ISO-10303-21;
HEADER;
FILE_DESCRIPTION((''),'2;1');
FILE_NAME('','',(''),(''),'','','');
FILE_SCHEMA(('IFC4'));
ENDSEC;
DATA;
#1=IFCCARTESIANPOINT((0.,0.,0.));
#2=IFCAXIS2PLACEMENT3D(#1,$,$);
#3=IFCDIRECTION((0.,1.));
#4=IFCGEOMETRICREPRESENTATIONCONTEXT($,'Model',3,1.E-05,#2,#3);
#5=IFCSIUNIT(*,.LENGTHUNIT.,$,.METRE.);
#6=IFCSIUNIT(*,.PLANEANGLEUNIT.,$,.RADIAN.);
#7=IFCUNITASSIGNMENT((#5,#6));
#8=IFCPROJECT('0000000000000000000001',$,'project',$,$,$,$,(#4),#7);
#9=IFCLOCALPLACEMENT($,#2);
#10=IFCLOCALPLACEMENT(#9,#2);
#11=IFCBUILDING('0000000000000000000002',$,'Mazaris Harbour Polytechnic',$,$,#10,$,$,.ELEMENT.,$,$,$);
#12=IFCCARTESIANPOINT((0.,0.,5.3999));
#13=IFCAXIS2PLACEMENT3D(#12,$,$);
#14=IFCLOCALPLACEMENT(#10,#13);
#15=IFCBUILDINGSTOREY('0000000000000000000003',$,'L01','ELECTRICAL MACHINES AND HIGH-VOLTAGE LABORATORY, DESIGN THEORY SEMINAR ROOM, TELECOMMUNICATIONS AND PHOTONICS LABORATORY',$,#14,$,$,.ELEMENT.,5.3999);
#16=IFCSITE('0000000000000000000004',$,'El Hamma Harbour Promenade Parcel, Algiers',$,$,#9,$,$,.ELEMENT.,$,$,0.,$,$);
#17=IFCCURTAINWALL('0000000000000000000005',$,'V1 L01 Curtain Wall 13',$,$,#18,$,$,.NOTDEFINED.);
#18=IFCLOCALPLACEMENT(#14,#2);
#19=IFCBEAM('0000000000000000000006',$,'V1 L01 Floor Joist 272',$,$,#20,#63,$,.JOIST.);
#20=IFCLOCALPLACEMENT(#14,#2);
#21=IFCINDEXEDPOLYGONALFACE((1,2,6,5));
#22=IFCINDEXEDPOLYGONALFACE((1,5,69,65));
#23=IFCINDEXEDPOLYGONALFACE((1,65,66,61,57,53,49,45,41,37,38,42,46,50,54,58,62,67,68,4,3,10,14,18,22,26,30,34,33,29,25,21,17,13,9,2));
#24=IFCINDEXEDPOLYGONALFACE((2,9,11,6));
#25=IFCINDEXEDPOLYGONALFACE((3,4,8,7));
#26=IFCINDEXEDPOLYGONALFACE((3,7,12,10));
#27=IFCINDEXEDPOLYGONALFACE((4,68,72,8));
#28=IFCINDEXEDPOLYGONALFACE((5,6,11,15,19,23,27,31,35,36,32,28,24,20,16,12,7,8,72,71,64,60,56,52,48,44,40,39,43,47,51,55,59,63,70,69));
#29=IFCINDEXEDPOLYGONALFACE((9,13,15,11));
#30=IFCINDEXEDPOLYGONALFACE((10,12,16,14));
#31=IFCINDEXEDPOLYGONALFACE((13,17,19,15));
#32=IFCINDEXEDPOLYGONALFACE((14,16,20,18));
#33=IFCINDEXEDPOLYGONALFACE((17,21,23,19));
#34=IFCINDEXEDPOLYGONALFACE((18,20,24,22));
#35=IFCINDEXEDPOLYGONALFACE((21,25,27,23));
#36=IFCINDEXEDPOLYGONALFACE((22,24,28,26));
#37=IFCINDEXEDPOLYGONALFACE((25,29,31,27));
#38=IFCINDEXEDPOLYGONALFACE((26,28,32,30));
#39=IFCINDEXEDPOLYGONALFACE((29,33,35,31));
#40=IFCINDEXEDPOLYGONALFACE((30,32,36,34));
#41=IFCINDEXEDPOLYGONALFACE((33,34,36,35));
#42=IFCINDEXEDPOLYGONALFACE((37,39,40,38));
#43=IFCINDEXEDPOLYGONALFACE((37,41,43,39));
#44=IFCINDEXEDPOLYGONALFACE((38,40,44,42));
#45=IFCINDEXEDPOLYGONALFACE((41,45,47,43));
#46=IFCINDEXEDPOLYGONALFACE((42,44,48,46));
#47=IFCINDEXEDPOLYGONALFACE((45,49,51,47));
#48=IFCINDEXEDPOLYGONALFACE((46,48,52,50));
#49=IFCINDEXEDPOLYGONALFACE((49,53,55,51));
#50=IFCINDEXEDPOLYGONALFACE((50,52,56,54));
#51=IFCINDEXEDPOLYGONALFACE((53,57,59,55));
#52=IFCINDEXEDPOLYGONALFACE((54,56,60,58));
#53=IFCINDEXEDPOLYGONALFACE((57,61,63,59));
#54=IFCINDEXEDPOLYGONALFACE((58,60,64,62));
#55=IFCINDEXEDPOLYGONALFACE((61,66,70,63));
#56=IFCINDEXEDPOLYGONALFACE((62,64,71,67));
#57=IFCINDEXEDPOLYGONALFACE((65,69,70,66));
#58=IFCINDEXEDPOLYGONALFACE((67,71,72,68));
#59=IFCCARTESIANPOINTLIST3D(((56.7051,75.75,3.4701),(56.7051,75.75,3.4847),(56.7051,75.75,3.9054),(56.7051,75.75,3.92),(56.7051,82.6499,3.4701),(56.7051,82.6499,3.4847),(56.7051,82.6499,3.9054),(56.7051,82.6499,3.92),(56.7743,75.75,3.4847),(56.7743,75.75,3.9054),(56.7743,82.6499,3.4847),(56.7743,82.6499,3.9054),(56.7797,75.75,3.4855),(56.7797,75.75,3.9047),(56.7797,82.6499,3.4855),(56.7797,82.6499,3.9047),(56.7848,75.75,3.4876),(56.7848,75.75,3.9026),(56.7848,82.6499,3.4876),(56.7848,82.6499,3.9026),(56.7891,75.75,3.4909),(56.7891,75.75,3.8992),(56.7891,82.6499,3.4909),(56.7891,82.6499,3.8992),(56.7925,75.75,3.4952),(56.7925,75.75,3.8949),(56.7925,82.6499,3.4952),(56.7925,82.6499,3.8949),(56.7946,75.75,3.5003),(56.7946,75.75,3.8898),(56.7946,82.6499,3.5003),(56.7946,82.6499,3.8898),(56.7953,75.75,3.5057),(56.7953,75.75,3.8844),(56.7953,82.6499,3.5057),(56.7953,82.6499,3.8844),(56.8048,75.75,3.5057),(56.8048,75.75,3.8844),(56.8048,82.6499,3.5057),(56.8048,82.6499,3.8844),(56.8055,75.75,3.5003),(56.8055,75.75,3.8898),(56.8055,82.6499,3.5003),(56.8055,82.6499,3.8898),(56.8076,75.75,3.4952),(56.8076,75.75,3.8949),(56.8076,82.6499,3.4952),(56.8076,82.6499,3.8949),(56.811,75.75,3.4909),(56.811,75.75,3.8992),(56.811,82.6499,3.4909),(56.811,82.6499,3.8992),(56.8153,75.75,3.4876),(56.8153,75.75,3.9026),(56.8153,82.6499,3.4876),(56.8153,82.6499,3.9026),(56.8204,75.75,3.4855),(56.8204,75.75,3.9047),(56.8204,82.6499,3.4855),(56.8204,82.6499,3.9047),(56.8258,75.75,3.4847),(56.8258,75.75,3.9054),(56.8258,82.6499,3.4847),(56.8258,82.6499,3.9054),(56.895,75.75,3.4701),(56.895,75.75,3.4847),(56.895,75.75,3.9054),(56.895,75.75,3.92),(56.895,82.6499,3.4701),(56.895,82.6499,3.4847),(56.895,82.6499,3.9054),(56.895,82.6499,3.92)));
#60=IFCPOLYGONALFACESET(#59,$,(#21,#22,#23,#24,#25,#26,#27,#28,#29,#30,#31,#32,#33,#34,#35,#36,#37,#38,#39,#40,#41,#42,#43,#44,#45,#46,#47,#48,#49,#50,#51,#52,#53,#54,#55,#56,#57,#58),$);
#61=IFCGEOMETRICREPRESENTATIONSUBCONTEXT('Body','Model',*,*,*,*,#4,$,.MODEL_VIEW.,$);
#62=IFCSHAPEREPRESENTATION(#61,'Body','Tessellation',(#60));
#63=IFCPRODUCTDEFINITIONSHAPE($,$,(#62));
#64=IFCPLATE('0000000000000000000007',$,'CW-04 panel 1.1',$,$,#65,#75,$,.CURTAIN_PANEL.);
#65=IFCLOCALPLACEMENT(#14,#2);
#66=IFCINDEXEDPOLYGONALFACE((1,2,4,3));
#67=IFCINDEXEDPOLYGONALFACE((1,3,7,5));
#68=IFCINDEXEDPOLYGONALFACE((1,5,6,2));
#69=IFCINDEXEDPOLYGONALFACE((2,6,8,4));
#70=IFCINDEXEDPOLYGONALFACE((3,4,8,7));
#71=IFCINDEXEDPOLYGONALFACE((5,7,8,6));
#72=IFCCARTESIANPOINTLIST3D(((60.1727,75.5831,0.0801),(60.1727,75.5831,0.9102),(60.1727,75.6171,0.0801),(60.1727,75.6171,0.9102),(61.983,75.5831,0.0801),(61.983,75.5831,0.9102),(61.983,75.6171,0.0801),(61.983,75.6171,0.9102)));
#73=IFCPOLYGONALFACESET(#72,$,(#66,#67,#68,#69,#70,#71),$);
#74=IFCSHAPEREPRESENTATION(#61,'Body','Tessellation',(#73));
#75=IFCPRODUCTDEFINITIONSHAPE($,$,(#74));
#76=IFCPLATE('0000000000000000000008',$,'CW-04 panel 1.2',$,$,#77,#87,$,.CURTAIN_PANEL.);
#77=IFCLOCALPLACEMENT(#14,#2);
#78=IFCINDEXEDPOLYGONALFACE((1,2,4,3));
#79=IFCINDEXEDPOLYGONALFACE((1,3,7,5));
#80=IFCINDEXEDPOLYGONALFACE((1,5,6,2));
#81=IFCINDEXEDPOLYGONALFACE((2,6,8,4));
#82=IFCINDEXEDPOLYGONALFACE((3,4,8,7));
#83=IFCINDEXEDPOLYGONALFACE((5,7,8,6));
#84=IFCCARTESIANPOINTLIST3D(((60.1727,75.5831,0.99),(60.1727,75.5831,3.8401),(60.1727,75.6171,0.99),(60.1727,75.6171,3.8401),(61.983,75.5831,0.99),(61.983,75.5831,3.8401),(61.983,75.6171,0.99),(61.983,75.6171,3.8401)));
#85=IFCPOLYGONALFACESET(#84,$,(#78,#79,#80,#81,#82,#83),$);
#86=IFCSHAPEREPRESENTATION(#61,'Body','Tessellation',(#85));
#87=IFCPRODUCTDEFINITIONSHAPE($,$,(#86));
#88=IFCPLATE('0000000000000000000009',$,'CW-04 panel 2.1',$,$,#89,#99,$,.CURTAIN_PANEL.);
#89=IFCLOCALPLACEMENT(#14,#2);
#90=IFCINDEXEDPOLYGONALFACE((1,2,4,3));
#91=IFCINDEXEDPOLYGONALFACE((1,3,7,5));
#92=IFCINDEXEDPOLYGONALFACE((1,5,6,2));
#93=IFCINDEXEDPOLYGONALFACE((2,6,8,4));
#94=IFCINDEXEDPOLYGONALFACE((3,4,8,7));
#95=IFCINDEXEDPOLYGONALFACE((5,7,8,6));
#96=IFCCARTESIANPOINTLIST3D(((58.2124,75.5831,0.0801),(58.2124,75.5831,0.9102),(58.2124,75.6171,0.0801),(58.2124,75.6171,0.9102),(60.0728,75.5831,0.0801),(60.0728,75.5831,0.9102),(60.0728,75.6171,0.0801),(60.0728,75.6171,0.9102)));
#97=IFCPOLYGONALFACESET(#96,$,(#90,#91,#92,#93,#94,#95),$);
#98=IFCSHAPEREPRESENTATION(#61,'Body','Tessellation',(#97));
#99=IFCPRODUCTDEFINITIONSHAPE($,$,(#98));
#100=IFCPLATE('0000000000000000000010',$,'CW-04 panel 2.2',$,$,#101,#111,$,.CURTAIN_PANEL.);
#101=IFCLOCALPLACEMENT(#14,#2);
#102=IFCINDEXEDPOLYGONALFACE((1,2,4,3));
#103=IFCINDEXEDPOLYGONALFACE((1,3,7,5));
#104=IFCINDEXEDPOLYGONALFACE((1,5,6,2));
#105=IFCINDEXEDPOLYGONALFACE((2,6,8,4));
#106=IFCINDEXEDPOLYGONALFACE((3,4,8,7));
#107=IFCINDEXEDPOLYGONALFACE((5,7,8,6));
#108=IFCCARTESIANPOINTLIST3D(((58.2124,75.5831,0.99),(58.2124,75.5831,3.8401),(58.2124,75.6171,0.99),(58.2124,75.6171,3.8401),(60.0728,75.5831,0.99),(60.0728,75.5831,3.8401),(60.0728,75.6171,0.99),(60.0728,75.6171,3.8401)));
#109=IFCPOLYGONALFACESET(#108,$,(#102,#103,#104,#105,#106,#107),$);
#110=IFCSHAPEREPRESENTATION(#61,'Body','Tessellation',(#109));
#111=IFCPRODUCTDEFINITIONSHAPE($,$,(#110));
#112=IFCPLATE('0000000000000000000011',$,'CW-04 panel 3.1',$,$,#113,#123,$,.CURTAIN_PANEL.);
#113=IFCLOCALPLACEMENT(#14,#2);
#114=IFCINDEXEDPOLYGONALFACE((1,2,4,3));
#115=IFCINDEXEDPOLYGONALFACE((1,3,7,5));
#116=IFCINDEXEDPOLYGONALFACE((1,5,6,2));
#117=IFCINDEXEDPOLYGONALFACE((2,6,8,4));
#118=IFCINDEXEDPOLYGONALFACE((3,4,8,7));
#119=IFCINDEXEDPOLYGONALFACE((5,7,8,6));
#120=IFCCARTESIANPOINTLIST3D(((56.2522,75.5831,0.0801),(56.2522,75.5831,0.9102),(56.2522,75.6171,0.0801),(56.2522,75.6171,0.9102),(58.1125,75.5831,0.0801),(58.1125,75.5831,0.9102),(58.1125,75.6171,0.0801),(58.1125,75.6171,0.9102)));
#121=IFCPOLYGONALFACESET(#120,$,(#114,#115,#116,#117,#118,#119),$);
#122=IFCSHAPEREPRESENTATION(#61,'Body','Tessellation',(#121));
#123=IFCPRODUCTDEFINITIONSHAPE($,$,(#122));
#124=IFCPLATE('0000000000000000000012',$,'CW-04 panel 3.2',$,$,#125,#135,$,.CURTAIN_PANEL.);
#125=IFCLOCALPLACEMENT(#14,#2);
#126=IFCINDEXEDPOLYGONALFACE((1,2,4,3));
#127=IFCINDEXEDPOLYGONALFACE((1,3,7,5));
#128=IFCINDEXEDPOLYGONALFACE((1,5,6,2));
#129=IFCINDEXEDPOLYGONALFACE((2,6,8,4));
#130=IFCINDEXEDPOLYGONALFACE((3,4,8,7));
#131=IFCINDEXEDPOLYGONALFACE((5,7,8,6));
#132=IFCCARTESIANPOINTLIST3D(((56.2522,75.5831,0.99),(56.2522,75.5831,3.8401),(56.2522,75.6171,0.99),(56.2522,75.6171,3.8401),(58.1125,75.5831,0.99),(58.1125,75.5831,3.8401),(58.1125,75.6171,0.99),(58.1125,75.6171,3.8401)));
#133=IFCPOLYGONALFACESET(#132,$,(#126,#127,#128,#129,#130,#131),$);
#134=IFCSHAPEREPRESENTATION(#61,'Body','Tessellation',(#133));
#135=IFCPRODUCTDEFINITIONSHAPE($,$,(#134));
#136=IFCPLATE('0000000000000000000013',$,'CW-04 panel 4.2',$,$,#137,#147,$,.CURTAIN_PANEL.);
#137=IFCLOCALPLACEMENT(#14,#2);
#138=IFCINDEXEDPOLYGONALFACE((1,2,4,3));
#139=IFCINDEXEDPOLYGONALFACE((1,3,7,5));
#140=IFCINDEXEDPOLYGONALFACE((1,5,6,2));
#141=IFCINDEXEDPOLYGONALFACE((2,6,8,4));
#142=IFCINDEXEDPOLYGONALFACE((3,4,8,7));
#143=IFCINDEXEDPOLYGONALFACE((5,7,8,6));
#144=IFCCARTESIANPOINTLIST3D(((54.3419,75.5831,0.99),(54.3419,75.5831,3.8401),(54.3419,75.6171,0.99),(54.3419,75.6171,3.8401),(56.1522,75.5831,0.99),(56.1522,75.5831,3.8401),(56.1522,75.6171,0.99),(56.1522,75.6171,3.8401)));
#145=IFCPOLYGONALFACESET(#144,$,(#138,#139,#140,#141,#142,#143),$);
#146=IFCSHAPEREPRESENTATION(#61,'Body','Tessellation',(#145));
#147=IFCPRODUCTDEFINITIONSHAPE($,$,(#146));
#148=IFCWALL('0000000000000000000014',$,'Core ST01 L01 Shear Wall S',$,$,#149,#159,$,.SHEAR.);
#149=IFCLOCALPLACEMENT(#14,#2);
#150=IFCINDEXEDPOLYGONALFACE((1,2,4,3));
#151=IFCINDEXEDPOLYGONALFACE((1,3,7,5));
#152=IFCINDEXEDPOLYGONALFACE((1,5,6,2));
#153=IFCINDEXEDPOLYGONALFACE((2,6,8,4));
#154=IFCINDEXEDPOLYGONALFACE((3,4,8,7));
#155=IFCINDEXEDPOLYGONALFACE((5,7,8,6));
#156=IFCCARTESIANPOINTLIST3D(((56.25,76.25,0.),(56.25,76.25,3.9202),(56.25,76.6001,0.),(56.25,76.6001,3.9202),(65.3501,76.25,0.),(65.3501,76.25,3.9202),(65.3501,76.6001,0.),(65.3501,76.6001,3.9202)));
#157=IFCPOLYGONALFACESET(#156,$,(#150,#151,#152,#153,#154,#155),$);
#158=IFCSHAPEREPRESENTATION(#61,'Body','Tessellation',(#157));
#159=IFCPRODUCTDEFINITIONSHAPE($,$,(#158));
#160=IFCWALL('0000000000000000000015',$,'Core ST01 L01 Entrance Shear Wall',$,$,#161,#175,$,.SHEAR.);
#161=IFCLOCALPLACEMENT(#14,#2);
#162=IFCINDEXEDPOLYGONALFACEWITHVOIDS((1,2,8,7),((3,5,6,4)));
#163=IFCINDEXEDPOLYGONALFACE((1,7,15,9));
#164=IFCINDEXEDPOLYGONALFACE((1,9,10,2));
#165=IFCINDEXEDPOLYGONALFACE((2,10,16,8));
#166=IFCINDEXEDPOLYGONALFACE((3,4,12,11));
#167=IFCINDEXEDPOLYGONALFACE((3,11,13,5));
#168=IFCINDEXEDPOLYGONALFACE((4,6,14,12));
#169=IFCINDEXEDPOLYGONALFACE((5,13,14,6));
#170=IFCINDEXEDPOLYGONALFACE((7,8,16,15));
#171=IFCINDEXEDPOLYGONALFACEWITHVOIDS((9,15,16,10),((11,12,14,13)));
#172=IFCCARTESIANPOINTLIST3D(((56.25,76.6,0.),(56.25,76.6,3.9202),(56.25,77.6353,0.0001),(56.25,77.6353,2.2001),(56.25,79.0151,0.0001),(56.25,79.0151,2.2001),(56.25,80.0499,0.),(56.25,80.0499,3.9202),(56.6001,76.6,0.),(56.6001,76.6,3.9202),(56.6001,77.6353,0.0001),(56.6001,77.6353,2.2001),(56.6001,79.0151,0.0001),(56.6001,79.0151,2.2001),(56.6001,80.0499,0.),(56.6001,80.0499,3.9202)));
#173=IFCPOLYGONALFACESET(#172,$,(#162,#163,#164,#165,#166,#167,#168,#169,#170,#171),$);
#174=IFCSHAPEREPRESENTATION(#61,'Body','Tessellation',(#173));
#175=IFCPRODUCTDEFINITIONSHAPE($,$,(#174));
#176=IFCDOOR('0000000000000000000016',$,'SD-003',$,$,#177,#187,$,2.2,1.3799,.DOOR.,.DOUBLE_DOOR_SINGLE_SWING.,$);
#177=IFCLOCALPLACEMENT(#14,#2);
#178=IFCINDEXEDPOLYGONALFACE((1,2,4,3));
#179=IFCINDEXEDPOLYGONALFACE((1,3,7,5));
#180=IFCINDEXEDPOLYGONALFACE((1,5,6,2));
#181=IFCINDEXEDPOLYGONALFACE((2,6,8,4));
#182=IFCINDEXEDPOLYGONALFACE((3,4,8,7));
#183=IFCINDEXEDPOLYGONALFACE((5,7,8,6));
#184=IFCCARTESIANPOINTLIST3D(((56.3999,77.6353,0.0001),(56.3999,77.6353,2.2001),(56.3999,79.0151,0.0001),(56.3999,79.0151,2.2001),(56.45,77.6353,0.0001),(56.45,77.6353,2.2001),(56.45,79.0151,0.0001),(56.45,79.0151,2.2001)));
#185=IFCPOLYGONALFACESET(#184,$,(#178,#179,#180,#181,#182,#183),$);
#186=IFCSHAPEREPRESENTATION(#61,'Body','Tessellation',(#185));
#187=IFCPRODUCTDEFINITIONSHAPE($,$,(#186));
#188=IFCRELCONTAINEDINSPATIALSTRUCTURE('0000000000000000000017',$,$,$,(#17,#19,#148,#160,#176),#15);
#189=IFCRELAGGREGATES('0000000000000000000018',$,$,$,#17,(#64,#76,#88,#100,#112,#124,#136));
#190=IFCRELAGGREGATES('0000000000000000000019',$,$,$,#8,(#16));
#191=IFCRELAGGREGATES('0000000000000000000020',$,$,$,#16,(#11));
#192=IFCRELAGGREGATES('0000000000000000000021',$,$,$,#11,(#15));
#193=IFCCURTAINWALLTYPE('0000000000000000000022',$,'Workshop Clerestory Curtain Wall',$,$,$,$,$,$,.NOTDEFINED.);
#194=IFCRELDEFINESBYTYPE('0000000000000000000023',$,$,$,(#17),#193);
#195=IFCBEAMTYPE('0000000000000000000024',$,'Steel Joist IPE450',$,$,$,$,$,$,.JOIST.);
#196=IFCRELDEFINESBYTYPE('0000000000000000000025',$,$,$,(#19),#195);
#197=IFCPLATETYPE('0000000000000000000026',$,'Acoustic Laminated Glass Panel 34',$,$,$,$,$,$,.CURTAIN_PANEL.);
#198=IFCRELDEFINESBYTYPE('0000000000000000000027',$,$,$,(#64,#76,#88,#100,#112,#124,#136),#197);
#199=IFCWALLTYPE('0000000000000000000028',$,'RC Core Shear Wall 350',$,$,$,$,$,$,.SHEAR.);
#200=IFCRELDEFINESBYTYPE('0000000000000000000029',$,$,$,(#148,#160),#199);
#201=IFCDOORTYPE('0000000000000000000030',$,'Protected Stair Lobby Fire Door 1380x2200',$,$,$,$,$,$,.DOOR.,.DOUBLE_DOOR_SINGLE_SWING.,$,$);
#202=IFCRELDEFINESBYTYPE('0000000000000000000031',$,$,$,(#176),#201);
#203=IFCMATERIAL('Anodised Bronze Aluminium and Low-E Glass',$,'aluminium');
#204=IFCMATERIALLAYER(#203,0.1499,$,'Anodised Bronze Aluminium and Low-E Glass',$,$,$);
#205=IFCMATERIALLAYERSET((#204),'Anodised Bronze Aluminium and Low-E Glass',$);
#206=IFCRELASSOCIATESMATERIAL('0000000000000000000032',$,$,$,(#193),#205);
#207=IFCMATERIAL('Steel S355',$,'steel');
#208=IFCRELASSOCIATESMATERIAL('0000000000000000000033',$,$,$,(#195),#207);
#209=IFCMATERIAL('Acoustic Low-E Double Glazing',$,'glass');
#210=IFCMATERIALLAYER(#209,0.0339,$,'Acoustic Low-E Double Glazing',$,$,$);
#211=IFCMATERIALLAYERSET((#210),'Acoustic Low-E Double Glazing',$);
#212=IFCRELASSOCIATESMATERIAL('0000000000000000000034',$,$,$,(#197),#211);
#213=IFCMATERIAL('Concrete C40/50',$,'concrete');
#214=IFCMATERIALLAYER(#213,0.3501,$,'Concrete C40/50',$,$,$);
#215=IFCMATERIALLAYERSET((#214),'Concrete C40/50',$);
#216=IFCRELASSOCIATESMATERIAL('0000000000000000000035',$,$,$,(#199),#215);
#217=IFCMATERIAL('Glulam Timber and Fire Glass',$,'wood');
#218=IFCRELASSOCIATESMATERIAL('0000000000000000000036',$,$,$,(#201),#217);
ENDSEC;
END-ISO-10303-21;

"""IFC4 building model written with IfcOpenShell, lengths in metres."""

from ifc_helpers import new_model, si_unit, direction, frame, frame_2d, origin, origin_2d, place, context, subcontext, project, spatial, rectangle, i_section, extrude, material, layer, layer_set, material_profile, profile_set, type_object, element, fill, aggregate, save


model = new_model("IFC4")

# Units and contexts
model_context = context("Model", 3, precision=1e-05, world=origin(), true_north=direction((0.0, 1.0)))
body_context = subcontext(model_context, "Body", "Model", "MODEL_VIEW")
ifc_project = project(units=[si_unit("LENGTHUNIT", "METRE"), si_unit("PLANEANGLEUNIT", "RADIAN")], contexts=[model_context])

# Site, building, storey
site_placement = place(None, origin())
site = spatial("IfcSite", under=ifc_project, at=site_placement, Name="El Hamma Harbour Promenade Parcel, Algiers", CompositionType="ELEMENT", RefElevation=0.0)
building_placement = place(site_placement, origin())
building = spatial("IfcBuilding", under=site, at=building_placement, Name="Mazaris Harbour Polytechnic", CompositionType="ELEMENT")
storey_placement = place(building_placement, frame((0.0, 0.0, 5.3999)))
storey = spatial("IfcBuildingStorey", under=building, at=storey_placement, Name="L01", Description="ELECTRICAL MACHINES AND HIGH-VOLTAGE LABORATORY, DESIGN THEORY SEMINAR ROOM, TELECOMMUNICATIONS AND PHOTONICS LABORATORY", CompositionType="ELEMENT", Elevation=5.3999)

# Curtain wall
ifc_material_1 = material(Name="Anodised Bronze Aluminium and Low-E Glass", Category="aluminium")
ifc_layer_1 = layer(ifc_material_1, 0.1499, Name="Anodised Bronze Aluminium and Low-E Glass")
ifc_layer_set_1 = layer_set([ifc_layer_1], Name="Anodised Bronze Aluminium and Low-E Glass")
curtain_wall_type = type_object("IfcCurtainWallType", Name="Workshop Clerestory Curtain Wall", PredefinedType="NOTDEFINED", material=ifc_layer_set_1)
curtain_wall_placement = place(storey_placement, origin())
curtain_wall = element("IfcCurtainWall", 1, at=curtain_wall_placement, inside=storey, type_object=curtain_wall_type, Name="V1 L01 Curtain Wall 13", PredefinedType="NOTDEFINED")

# Beam
ifc_material_2 = material(Name="Steel S355", Category="steel")
ifc_material_profile_1 = material_profile(ifc_material_2, i_section(OverallWidth=0.1899, OverallDepth=0.45, WebThickness=0.0095, FlangeThickness=0.0146, FilletRadius=0.021, at=origin_2d()), Name="IPE 450")
ifc_profile_set_1 = profile_set([ifc_material_profile_1], Name="Steel S355")
beam_type_1 = type_object("IfcBeamType", Name="Steel Joist IPE450", PredefinedType="JOIST", material=ifc_profile_set_1)
beam_1_placement = place(storey_placement, frame((56.8, 75.75, 3.6951), z_axis=(0.0, 1.0, 0.0), x_axis=(-1.0, 0.0, 0.0)))
element("IfcBeam", 2, at=beam_1_placement, inside=storey, type_object=beam_type_1, Name="V1 L01 Floor Joist 272", PredefinedType="JOIST", context=body_context, shape_type="SweptSolid", body=[
    extrude(i_section(OverallWidth=0.1899, OverallDepth=0.45, WebThickness=0.0095, FlangeThickness=0.0146, FilletRadius=0.021, at=origin_2d()), origin(), (0.0, 0.0, 1.0), 6.8999),
])

# Plates
ifc_material_3 = material(Name="Acoustic Low-E Double Glazing", Category="glass")
ifc_layer_2 = layer(ifc_material_3, 0.0339, Name="Acoustic Low-E Double Glazing")
ifc_layer_set_2 = layer_set([ifc_layer_2], Name="Acoustic Low-E Double Glazing")
plate_type = type_object("IfcPlateType", Name="Acoustic Laminated Glass Panel 34", PredefinedType="CURTAIN_PANEL", material=ifc_layer_set_2)
plate_1_placement = place(storey_placement, frame((61.0779, 75.6001, 0.0801), z_axis=(0.0, 0.0, 1.0), x_axis=(-1.0, 0.0, 0.0)))
plate_1 = element("IfcPlate", 3, at=plate_1_placement, type_object=plate_type, Name="CW-04 panel 1.1", PredefinedType="CURTAIN_PANEL", context=body_context, shape_type="SweptSolid", body=[
    extrude(rectangle(XDim=1.8103, YDim=0.0339, at=origin_2d()), origin(), (0.0, 0.0, 1.0), 0.8301),
])
plate_2_placement = place(storey_placement, frame((61.0779, 75.6001, 0.99), z_axis=(0.0, 0.0, 1.0), x_axis=(-1.0, 0.0, 0.0)))
plate_2 = element("IfcPlate", 4, at=plate_2_placement, type_object=plate_type, Name="CW-04 panel 1.2", PredefinedType="CURTAIN_PANEL", context=body_context, shape_type="SweptSolid", body=[
    extrude(rectangle(XDim=1.8103, YDim=0.0339, at=origin_2d()), origin(), (0.0, 0.0, 1.0), 2.8501),
])
plate_3_placement = place(storey_placement, frame((59.1426, 75.6001, 0.0801), z_axis=(0.0, 0.0, 1.0), x_axis=(-1.0, 0.0, 0.0)))
plate_3 = element("IfcPlate", 5, at=plate_3_placement, type_object=plate_type, Name="CW-04 panel 2.1", PredefinedType="CURTAIN_PANEL", context=body_context, shape_type="SweptSolid", body=[
    extrude(rectangle(XDim=1.8604, YDim=0.0339, at=origin_2d()), origin(), (0.0, 0.0, 1.0), 0.8301),
])
plate_4_placement = place(storey_placement, frame((59.1426, 75.6001, 0.99), z_axis=(0.0, 0.0, 1.0), x_axis=(-1.0, 0.0, 0.0)))
plate_4 = element("IfcPlate", 6, at=plate_4_placement, type_object=plate_type, Name="CW-04 panel 2.2", PredefinedType="CURTAIN_PANEL", context=body_context, shape_type="SweptSolid", body=[
    extrude(rectangle(XDim=1.8604, YDim=0.0339, at=origin_2d()), origin(), (0.0, 0.0, 1.0), 2.8501),
])
plate_5_placement = place(storey_placement, frame((57.1824, 75.6001, 0.0801), z_axis=(0.0, 0.0, 1.0), x_axis=(-1.0, 0.0, 0.0)))
plate_5 = element("IfcPlate", 7, at=plate_5_placement, type_object=plate_type, Name="CW-04 panel 3.1", PredefinedType="CURTAIN_PANEL", context=body_context, shape_type="SweptSolid", body=[
    extrude(rectangle(XDim=1.8604, YDim=0.0339, at=origin_2d()), origin(), (0.0, 0.0, 1.0), 0.8301),
])
plate_6_placement = place(storey_placement, frame((57.1824, 75.6001, 0.99), z_axis=(0.0, 0.0, 1.0), x_axis=(-1.0, 0.0, 0.0)))
plate_6 = element("IfcPlate", 8, at=plate_6_placement, type_object=plate_type, Name="CW-04 panel 3.2", PredefinedType="CURTAIN_PANEL", context=body_context, shape_type="SweptSolid", body=[
    extrude(rectangle(XDim=1.8604, YDim=0.0339, at=origin_2d()), origin(), (0.0, 0.0, 1.0), 2.8501),
])
plate_7_placement = place(storey_placement, frame((55.2471, 75.6001, 0.99), z_axis=(0.0, 0.0, 1.0), x_axis=(-1.0, 0.0, 0.0)))
plate_7 = element("IfcPlate", 9, at=plate_7_placement, type_object=plate_type, Name="CW-04 panel 4.2", PredefinedType="CURTAIN_PANEL", context=body_context, shape_type="SweptSolid", body=[
    extrude(rectangle(XDim=1.8103, YDim=0.0339, at=origin_2d()), origin(), (0.0, 0.0, 1.0), 2.8501),
])
aggregate(curtain_wall, [plate_1, plate_2, plate_3, plate_4, plate_5, plate_6, plate_7])

# Wall
ifc_material_4 = material(Name="Concrete C40/50", Category="concrete")
ifc_layer_3 = layer(ifc_material_4, 0.3501, Name="Concrete C40/50")
ifc_layer_set_3 = layer_set([ifc_layer_3], Name="Concrete C40/50")
wall_type = type_object("IfcWallType", Name="RC Core Shear Wall 350", PredefinedType="SHEAR", material=ifc_layer_set_3)
wall_1_placement = place(storey_placement, frame((56.25, 76.425, 0.0), z_axis=(0.0, 0.0, 1.0), x_axis=(1.0, 0.0, 0.0)))
element("IfcWall", 10, at=wall_1_placement, inside=storey, type_object=wall_type, Name="Core ST01 L01 Shear Wall S", PredefinedType="SHEAR", context=body_context, shape_type="SweptSolid", body=[
    extrude(rectangle(XDim=9.1001, YDim=0.3501, at=frame_2d((4.55, 0.0))), origin(), (0.0, 0.0, 1.0), 3.9202),
])

# Wall, opening, door
wall_2_placement = place(storey_placement, frame((56.425, 80.05, 0.0), z_axis=(0.0, 0.0, 1.0), x_axis=(0.0, -1.0, 0.0)))
wall_2 = element("IfcWall", 11, at=wall_2_placement, inside=storey, type_object=wall_type, Name="Core ST01 L01 Entrance Shear Wall", PredefinedType="SHEAR", context=body_context, shape_type="SweptSolid", body=[
    extrude(rectangle(XDim=3.45, YDim=0.3501, at=frame_2d((1.7251, 0.0))), origin(), (0.0, 0.0, 1.0), 3.9202),
])
opening_placement = place(wall_2_placement, frame((1.0349, 0.0, 0.0)))
opening = element("IfcOpeningElement", 12, at=opening_placement, cuts=wall_2, PredefinedType="OPENING", context=body_context, shape_type="SweptSolid", body=[
    extrude(rectangle(XDim=1.3799, YDim=2.2, at=frame_2d((0.6899, 1.1001))), frame((0.0, 0.1851, 0.0), z_axis=(0.0, -1.0, 0.0), x_axis=(1.0, 0.0, 0.0)), (0.0, 0.0, 1.0), 0.3701),
])
ifc_material_5 = material(Name="Glulam Timber and Fire Glass", Category="wood")
door_type = type_object("IfcDoorType", Name="Protected Stair Lobby Fire Door 1380x2200", OperationType="DOUBLE_DOOR_SINGLE_SWING", PredefinedType="DOOR", material=ifc_material_5)
door_placement = place(opening_placement, origin())
door = element("IfcDoor", 13, at=door_placement, inside=storey, type_object=door_type, Name="SD-003", OperationType="DOUBLE_DOOR_SINGLE_SWING", OverallHeight=2.2, OverallWidth=1.3799, PredefinedType="DOOR", context=body_context, shape_type="SweptSolid", body=[
    extrude(rectangle(XDim=1.3799, YDim=2.2, at=frame_2d((0.6899, 1.1001))), frame((0.0, 0.0249, 0.0), z_axis=(0.0, -1.0, 0.0), x_axis=(1.0, 0.0, 0.0)), (0.0, 0.0, 1.0), 0.05),
])
fill(opening, door)

save(model, "model.ifc")
